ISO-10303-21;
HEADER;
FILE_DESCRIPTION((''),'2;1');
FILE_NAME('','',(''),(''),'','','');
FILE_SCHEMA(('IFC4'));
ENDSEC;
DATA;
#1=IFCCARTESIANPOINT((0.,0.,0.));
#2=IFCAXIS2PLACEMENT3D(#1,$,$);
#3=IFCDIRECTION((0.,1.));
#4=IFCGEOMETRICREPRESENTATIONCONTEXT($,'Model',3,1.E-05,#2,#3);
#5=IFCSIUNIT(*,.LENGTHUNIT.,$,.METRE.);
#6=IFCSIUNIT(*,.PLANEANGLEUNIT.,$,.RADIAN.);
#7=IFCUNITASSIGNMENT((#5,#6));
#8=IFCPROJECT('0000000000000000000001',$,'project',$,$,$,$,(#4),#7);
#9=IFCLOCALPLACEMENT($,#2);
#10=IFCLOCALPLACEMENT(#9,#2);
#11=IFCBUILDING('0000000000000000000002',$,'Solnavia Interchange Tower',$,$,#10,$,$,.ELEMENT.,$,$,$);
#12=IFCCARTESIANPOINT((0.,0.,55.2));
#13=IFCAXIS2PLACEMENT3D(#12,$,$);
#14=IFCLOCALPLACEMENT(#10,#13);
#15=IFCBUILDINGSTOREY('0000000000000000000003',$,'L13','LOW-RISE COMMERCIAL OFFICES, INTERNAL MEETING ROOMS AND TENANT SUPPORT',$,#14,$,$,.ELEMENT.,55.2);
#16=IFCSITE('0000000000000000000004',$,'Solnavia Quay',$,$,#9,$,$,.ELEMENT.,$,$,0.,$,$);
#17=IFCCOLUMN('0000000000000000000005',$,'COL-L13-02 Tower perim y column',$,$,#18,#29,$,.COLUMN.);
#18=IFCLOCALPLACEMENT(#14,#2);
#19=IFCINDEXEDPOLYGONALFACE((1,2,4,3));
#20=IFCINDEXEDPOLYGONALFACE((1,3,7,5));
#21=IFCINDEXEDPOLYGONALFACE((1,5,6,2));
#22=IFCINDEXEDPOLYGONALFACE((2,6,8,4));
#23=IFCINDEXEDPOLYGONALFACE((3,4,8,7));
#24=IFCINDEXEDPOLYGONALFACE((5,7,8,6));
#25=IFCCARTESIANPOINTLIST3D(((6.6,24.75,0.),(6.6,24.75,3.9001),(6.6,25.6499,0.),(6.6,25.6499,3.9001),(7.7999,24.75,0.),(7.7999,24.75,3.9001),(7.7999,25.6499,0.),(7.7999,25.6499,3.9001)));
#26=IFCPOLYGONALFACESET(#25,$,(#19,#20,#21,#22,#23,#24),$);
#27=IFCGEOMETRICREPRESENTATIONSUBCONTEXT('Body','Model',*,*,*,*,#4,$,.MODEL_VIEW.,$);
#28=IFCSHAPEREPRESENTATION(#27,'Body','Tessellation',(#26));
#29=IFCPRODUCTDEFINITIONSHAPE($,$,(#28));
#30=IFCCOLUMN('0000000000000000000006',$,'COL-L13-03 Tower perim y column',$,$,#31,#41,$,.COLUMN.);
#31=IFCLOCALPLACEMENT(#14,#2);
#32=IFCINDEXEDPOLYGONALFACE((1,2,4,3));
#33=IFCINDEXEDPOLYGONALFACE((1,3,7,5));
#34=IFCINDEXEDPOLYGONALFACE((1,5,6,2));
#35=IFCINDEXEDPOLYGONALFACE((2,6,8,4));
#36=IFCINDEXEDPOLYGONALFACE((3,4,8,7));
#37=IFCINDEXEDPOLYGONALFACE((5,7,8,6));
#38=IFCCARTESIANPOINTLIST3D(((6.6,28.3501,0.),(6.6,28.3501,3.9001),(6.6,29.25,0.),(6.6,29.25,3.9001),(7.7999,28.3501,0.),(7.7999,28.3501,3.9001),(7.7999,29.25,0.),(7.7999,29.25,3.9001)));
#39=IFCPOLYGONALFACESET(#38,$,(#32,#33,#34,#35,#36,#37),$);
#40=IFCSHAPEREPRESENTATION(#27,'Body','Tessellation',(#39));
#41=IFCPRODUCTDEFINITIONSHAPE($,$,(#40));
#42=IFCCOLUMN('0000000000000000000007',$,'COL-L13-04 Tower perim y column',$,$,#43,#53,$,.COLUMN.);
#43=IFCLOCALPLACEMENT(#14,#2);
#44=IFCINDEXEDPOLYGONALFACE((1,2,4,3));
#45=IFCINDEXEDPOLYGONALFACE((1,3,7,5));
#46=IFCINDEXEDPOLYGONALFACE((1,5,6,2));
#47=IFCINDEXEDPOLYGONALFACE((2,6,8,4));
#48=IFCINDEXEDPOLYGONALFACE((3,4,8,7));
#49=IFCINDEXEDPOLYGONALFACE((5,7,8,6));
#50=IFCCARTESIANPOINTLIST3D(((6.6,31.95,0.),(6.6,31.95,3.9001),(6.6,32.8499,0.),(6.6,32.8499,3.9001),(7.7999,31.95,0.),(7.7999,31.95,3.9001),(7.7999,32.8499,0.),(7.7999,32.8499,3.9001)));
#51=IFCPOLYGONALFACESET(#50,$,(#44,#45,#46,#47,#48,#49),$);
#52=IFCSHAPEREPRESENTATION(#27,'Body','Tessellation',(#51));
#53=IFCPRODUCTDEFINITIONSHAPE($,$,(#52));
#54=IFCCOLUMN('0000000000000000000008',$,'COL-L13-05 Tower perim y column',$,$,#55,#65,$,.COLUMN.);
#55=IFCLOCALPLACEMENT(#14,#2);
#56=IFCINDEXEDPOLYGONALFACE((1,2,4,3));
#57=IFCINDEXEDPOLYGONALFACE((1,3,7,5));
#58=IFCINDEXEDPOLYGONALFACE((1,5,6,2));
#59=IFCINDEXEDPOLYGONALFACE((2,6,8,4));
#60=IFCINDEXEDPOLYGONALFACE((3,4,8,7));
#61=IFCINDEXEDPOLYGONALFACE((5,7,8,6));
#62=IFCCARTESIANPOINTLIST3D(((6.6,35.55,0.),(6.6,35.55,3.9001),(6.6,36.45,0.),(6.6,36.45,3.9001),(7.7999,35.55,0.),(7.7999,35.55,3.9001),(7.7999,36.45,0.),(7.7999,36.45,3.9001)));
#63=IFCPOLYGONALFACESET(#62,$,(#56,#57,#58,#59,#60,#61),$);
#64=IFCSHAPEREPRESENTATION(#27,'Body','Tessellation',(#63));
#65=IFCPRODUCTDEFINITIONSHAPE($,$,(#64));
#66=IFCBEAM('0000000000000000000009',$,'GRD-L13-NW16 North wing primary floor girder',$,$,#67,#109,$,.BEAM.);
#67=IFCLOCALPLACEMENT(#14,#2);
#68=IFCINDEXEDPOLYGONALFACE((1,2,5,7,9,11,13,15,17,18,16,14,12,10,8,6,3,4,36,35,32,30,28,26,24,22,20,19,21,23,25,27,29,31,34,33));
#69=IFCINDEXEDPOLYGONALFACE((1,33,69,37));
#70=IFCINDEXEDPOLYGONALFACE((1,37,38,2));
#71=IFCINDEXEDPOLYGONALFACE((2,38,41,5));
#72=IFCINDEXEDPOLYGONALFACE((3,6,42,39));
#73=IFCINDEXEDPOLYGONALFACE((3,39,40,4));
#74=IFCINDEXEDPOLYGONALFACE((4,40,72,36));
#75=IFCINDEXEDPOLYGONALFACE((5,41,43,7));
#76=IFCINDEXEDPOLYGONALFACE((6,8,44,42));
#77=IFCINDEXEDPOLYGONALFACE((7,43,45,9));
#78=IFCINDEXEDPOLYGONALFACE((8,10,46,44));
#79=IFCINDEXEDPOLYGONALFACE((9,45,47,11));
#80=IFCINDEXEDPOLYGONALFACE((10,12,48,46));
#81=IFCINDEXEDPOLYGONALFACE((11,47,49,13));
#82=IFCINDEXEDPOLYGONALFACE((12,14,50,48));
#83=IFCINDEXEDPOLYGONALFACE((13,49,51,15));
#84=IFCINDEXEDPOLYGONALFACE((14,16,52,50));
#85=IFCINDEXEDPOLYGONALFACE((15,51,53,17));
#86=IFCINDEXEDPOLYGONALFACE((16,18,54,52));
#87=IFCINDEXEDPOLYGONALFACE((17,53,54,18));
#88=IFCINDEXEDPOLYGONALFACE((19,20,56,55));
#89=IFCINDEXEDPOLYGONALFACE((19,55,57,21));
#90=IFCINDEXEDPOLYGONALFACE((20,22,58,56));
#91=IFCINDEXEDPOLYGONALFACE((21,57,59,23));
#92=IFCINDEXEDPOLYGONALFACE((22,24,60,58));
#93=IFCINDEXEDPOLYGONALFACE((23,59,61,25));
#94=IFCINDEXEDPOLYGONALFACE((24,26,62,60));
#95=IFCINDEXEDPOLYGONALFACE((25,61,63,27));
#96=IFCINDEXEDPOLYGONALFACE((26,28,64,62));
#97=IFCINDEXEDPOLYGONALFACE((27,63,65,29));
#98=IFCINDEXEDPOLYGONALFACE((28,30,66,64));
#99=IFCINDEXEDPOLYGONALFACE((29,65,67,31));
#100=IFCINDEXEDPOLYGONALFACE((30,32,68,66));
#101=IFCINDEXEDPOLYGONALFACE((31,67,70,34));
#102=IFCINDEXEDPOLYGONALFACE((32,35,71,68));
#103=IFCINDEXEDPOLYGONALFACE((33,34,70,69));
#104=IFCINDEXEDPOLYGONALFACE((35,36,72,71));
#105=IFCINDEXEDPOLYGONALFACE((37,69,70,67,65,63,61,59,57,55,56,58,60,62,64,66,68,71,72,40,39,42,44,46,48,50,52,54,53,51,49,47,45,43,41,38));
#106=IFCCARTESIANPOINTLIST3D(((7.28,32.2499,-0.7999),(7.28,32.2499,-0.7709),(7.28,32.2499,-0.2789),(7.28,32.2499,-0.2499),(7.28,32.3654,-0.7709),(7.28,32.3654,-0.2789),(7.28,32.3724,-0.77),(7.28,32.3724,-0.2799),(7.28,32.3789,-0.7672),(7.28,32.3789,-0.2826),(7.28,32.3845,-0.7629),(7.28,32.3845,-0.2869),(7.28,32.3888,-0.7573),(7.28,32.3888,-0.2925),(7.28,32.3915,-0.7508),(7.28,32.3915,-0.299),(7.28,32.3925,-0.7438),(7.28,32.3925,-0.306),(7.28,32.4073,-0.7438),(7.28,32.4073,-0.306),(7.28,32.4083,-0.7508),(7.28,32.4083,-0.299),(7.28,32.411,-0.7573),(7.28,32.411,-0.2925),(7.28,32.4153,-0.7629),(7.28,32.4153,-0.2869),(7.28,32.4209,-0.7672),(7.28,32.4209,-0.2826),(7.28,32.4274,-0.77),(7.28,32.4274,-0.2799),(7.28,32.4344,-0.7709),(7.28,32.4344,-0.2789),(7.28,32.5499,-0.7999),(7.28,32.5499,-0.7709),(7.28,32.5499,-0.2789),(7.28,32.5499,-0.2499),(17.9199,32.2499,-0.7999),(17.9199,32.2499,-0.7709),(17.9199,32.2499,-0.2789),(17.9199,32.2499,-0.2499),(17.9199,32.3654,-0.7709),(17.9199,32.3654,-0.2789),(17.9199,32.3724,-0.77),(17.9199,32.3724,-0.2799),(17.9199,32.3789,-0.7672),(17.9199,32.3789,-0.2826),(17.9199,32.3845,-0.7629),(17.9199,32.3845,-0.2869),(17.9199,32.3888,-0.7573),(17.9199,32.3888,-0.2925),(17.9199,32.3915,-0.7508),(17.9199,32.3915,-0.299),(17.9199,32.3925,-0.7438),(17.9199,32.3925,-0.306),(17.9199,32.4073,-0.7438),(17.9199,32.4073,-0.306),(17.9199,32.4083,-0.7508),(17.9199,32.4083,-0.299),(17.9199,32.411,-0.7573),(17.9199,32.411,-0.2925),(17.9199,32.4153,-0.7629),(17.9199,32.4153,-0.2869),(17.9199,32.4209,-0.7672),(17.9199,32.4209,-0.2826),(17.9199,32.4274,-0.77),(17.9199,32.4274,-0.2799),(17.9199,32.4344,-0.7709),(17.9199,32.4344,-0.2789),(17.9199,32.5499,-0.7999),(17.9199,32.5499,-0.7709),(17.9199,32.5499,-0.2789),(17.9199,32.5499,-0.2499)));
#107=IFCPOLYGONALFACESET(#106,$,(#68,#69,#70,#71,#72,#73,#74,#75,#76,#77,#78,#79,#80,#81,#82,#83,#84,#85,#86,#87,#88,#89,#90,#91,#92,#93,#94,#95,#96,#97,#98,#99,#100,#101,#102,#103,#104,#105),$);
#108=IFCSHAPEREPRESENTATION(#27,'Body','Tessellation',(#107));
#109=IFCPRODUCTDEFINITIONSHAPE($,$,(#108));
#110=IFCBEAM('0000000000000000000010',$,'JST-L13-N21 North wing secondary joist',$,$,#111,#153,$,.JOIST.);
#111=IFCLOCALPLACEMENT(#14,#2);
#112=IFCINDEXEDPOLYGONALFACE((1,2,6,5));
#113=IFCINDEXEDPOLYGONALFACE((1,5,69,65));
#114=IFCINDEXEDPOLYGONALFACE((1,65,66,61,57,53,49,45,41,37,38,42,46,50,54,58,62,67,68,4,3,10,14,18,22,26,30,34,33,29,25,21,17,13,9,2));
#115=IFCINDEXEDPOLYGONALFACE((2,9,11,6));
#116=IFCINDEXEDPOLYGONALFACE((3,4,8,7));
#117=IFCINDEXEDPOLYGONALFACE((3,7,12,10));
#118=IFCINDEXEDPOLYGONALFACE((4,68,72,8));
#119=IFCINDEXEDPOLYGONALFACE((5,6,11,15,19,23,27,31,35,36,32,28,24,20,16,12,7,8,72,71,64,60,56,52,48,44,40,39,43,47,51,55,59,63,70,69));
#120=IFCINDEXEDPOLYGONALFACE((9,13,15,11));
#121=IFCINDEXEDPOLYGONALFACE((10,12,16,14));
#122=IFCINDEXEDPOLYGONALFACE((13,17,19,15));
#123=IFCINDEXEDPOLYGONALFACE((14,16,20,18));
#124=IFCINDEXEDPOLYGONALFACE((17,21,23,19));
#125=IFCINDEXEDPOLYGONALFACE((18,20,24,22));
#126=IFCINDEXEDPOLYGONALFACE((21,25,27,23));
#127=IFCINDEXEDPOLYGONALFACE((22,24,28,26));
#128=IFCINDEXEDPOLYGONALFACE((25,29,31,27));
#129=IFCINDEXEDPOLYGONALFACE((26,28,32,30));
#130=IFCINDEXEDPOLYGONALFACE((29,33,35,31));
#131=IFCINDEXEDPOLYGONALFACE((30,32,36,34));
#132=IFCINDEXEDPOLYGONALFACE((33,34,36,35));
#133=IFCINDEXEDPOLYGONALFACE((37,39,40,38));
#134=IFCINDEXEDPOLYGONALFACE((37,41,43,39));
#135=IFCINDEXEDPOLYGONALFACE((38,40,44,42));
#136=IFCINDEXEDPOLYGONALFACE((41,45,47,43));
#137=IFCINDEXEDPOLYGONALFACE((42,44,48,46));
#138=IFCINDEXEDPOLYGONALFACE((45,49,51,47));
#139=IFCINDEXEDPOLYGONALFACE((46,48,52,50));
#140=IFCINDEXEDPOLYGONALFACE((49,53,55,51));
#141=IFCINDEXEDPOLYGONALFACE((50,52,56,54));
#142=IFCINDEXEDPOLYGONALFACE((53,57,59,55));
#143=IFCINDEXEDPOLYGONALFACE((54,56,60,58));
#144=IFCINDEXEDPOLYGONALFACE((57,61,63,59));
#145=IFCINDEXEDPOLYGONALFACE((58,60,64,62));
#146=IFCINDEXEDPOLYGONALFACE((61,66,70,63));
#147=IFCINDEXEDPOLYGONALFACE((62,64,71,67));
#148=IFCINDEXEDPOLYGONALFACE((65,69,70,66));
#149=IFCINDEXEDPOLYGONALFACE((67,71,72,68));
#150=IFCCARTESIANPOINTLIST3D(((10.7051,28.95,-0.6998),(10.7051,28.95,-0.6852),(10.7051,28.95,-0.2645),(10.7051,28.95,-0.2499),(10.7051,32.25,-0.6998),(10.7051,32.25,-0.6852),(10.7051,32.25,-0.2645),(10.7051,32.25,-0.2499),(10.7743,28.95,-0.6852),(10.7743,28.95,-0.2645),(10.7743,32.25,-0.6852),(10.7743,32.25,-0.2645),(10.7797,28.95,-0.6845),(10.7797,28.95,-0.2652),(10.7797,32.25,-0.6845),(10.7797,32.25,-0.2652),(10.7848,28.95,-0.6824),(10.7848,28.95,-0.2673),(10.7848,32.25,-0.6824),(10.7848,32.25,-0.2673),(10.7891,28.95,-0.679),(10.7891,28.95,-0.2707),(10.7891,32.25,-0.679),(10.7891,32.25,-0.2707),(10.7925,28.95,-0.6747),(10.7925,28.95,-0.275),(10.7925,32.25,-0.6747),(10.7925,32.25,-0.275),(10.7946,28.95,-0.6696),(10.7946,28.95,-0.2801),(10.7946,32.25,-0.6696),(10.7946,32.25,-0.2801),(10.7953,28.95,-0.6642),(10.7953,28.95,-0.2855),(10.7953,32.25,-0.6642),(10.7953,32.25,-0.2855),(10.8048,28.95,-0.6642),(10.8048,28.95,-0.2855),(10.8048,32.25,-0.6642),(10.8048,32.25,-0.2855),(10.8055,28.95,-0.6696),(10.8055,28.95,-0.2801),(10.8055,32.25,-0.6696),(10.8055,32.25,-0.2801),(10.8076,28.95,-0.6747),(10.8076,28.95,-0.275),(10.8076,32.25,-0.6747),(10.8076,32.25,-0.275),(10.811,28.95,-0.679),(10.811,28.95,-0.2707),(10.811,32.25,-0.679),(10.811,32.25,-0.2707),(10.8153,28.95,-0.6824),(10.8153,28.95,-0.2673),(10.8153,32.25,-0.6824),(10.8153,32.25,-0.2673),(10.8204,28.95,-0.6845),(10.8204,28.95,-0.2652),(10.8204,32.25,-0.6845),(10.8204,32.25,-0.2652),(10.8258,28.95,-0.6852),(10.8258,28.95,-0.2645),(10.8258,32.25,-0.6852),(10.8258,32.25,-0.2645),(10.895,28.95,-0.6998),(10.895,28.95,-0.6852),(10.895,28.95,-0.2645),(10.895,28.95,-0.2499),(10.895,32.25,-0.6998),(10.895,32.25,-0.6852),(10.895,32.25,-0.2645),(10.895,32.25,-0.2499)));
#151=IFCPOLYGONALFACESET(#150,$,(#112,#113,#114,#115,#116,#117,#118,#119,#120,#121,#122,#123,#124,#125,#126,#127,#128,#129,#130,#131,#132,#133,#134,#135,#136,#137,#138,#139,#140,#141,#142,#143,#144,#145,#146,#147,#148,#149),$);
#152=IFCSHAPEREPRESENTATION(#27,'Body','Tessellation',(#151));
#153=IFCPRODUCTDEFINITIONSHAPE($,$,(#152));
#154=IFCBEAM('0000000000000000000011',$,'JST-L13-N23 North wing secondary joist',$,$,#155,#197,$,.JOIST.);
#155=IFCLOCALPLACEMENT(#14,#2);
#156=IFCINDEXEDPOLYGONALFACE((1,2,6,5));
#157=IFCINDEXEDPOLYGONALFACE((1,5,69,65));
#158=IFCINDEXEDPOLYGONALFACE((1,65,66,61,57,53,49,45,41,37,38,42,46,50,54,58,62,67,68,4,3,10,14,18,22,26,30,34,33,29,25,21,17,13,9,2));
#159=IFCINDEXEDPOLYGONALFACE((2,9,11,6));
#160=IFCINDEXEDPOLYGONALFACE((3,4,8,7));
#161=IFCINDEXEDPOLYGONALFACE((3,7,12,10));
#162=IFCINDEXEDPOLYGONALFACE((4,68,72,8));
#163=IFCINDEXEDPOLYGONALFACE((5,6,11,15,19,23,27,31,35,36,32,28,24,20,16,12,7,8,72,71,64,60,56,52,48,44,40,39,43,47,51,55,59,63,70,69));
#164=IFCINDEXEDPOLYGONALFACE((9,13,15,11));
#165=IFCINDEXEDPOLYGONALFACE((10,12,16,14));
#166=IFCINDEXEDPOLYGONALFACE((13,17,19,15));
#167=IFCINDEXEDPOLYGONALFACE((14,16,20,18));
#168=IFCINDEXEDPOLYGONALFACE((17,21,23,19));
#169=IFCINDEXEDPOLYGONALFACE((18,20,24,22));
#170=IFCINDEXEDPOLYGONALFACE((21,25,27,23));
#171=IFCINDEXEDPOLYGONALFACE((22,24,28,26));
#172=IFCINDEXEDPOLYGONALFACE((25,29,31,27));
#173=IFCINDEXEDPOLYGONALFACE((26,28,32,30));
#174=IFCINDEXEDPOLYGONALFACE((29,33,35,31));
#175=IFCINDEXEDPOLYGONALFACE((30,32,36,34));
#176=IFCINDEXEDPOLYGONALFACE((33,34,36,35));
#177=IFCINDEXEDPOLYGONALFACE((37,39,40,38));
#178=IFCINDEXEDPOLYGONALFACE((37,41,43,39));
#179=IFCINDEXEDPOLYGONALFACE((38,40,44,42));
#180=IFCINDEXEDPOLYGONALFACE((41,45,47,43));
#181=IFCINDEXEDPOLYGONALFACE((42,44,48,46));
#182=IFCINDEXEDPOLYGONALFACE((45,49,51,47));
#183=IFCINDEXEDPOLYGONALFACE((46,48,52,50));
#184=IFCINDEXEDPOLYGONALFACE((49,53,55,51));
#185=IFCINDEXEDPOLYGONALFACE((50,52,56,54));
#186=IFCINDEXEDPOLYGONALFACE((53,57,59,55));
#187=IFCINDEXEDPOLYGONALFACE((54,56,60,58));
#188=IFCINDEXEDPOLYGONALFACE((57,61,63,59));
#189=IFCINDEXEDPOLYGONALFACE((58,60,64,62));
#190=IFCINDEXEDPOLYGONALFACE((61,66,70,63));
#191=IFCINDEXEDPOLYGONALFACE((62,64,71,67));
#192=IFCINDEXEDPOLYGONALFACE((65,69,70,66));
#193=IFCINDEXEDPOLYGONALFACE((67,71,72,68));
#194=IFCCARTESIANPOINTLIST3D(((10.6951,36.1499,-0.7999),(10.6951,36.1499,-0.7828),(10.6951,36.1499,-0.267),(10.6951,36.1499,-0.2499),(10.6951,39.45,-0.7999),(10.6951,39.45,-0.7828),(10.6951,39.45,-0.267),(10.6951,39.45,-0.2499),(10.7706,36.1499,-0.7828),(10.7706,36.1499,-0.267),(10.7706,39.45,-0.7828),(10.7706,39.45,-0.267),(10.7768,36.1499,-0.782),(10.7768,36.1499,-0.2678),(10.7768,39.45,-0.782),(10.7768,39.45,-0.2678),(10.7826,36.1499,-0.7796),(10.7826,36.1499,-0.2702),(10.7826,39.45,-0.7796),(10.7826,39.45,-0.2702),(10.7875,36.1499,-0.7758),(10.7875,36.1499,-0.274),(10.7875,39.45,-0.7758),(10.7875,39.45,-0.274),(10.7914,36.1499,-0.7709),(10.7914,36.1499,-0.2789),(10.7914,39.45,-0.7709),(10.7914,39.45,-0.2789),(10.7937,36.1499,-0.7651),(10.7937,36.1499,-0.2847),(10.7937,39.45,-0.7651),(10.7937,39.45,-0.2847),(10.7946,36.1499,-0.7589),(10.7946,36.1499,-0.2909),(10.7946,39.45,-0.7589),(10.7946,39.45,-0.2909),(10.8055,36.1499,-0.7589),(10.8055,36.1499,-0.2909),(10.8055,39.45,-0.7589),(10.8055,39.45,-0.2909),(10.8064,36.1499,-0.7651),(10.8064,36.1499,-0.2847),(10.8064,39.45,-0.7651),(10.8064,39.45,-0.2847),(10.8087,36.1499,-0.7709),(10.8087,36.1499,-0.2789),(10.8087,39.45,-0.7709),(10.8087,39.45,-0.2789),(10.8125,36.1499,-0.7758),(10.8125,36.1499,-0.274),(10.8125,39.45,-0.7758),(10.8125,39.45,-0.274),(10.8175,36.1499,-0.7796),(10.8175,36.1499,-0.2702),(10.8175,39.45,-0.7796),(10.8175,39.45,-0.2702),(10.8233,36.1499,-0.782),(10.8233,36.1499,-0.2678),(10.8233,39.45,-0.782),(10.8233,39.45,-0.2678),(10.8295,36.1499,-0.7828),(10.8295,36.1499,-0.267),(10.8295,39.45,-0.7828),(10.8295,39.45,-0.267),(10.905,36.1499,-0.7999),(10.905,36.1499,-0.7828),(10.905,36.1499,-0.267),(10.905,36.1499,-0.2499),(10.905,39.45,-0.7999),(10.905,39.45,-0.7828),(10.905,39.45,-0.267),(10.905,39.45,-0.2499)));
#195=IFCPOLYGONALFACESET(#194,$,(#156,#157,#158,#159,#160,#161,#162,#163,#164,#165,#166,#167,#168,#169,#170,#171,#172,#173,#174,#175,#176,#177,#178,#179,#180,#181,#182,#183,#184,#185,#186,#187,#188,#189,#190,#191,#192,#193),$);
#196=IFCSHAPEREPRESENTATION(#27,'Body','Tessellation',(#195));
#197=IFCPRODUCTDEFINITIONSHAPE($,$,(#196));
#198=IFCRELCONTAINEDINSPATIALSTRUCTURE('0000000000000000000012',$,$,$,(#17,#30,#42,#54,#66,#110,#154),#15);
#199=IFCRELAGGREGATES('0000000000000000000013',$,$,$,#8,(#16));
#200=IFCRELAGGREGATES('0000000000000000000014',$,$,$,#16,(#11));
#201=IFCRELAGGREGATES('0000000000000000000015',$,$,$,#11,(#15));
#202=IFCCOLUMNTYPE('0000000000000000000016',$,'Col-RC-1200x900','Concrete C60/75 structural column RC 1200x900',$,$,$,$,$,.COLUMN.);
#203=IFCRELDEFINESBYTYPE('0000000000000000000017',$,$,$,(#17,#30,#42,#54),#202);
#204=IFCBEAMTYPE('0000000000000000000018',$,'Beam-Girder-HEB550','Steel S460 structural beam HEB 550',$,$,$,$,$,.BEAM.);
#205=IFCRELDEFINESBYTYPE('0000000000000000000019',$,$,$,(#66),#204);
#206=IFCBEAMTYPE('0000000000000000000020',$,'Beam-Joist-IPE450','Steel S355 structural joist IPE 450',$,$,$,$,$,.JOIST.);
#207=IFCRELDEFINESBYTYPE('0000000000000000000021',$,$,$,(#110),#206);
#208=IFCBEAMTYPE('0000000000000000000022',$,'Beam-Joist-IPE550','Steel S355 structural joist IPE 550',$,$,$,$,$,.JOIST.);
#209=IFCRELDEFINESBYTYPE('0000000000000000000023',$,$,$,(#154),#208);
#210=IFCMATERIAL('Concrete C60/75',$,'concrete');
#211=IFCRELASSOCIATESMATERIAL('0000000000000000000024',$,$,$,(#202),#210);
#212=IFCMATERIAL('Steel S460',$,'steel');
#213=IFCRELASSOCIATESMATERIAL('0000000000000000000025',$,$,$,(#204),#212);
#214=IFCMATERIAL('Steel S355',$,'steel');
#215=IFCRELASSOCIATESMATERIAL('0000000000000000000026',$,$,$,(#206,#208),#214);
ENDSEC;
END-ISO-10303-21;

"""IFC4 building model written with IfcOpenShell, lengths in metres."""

from ifc_helpers import new_model, si_unit, direction, frame, origin, origin_2d, place, context, subcontext, project, spatial, rectangle, i_section, extrude, material, material_profile, profile_set, type_object, element, save


model = new_model("IFC4")

# Units and contexts
model_context = context("Model", 3, precision=1e-05, world=origin(), true_north=direction((0.0, 1.0)))
body_context = subcontext(model_context, "Body", "Model", "MODEL_VIEW")
ifc_project = project(units=[si_unit("LENGTHUNIT", "METRE"), si_unit("PLANEANGLEUNIT", "RADIAN")], contexts=[model_context])

# Site, building, storey
site_placement = place(None, origin())
site = spatial("IfcSite", under=ifc_project, at=site_placement, Name="Solnavia Quay", CompositionType="ELEMENT", RefElevation=0.0)
building_placement = place(site_placement, origin())
building = spatial("IfcBuilding", under=site, at=building_placement, Name="Solnavia Interchange Tower", CompositionType="ELEMENT")
storey_placement = place(building_placement, frame((0.0, 0.0, 55.2)))
storey = spatial("IfcBuildingStorey", under=building, at=storey_placement, Name="L13", Description="LOW-RISE COMMERCIAL OFFICES, INTERNAL MEETING ROOMS AND TENANT SUPPORT", CompositionType="ELEMENT", Elevation=55.2)

# Columns
ifc_material_1 = material(Name="Concrete C60/75", Category="concrete")
ifc_material_profile_1 = material_profile(ifc_material_1, rectangle(XDim=0.8999, YDim=1.2, at=origin_2d()), Name="RC 1200x900")
ifc_profile_set_1 = profile_set([ifc_material_profile_1], Name="Concrete C60/75")
column_type = type_object("IfcColumnType", Name="Col-RC-1200x900", Description="Concrete C60/75 structural column RC 1200x900", PredefinedType="COLUMN", material=ifc_profile_set_1)
for number, where, z_axis, x_axis, name in (
    (1, (7.2, 25.2, 0.0), (0.0, 0.0, 1.0), (0.0, 1.0, 0.0), "COL-L13-02 Tower perim y column"),
    (2, (7.2, 28.8, 0.0), (0.0, 0.0, 1.0), (0.0, 1.0, 0.0), "COL-L13-03 Tower perim y column"),
    (3, (7.2, 32.3999, 0.0), (0.0, 0.0, 1.0), (0.0, 1.0, 0.0), "COL-L13-04 Tower perim y column"),
    (4, (7.2, 36.0, 0.0), (0.0, 0.0, 1.0), (0.0, 1.0, 0.0), "COL-L13-05 Tower perim y column"),
):
    element("IfcColumn", number, at=place(storey_placement, frame(where, z_axis=z_axis, x_axis=x_axis)), inside=storey, type_object=column_type, Name=name, PredefinedType="COLUMN", context=body_context, shape_type="SweptSolid", body=[
        extrude(rectangle(XDim=0.8999, YDim=1.2, at=origin_2d()), origin(), (0.0, 0.0, 1.0), 3.9001),
    ])

# Beams
ifc_material_2 = material(Name="Steel S460", Category="steel")
ifc_material_profile_2 = material_profile(ifc_material_2, i_section(OverallWidth=0.3, OverallDepth=0.55, WebThickness=0.0149, FlangeThickness=0.0291, FilletRadius=0.0271, at=origin_2d()), Name="HEB 550")
ifc_profile_set_2 = profile_set([ifc_material_profile_2], Name="Steel S460")
beam_type_1 = type_object("IfcBeamType", Name="Beam-Girder-HEB550", Description="Steel S460 structural beam HEB 550", PredefinedType="BEAM", material=ifc_profile_set_2)
beam_1_placement = place(storey_placement, frame((7.28, 32.3999, -0.5249), z_axis=(1.0, 0.0, 0.0), x_axis=(0.0, 1.0, 0.0)))
element("IfcBeam", 5, at=beam_1_placement, inside=storey, type_object=beam_type_1, Name="GRD-L13-NW16 North wing primary floor girder", PredefinedType="BEAM", context=body_context, shape_type="SweptSolid", body=[
    extrude(i_section(OverallWidth=0.3, OverallDepth=0.55, WebThickness=0.0149, FlangeThickness=0.0291, FilletRadius=0.0271, at=origin_2d()), origin(), (0.0, 0.0, 1.0), 10.6399),
])
ifc_material_3 = material(Name="Steel S355", Category="steel")
ifc_material_profile_3 = material_profile(ifc_material_3, i_section(OverallWidth=0.1899, OverallDepth=0.45, WebThickness=0.0095, FlangeThickness=0.0146, FilletRadius=0.021, at=origin_2d()), Name="IPE 450")
ifc_profile_set_3 = profile_set([ifc_material_profile_3], Name="Steel S355")
beam_type_2 = type_object("IfcBeamType", Name="Beam-Joist-IPE450", Description="Steel S355 structural joist IPE 450", PredefinedType="JOIST", material=ifc_profile_set_3)
beam_2_placement = place(storey_placement, frame((10.8, 28.95, -0.4749), z_axis=(0.0, 1.0, 0.0), x_axis=(-1.0, 0.0, 0.0)))
element("IfcBeam", 6, at=beam_2_placement, inside=storey, type_object=beam_type_2, Name="JST-L13-N21 North wing secondary joist", PredefinedType="JOIST", context=body_context, shape_type="SweptSolid", body=[
    extrude(i_section(OverallWidth=0.1899, OverallDepth=0.45, WebThickness=0.0095, FlangeThickness=0.0146, FilletRadius=0.021, at=origin_2d()), origin(), (0.0, 0.0, 1.0), 3.3),
])
ifc_material_profile_4 = material_profile(ifc_material_3, i_section(OverallWidth=0.21, OverallDepth=0.55, WebThickness=0.011, FlangeThickness=0.0171, FilletRadius=0.0239, at=origin_2d()), Name="IPE 550")
ifc_profile_set_4 = profile_set([ifc_material_profile_4], Name="Steel S355")
beam_type_3 = type_object("IfcBeamType", Name="Beam-Joist-IPE550", Description="Steel S355 structural joist IPE 550", PredefinedType="JOIST", material=ifc_profile_set_4)
beam_3_placement = place(storey_placement, frame((10.8, 36.1499, -0.5249), z_axis=(0.0, 1.0, 0.0), x_axis=(-1.0, 0.0, 0.0)))
element("IfcBeam", 7, at=beam_3_placement, inside=storey, type_object=beam_type_3, Name="JST-L13-N23 North wing secondary joist", PredefinedType="JOIST", context=body_context, shape_type="SweptSolid", body=[
    extrude(i_section(OverallWidth=0.21, OverallDepth=0.55, WebThickness=0.011, FlangeThickness=0.0171, FilletRadius=0.0239, at=origin_2d()), origin(), (0.0, 0.0, 1.0), 3.3),
])

save(model, "model.ifc")
